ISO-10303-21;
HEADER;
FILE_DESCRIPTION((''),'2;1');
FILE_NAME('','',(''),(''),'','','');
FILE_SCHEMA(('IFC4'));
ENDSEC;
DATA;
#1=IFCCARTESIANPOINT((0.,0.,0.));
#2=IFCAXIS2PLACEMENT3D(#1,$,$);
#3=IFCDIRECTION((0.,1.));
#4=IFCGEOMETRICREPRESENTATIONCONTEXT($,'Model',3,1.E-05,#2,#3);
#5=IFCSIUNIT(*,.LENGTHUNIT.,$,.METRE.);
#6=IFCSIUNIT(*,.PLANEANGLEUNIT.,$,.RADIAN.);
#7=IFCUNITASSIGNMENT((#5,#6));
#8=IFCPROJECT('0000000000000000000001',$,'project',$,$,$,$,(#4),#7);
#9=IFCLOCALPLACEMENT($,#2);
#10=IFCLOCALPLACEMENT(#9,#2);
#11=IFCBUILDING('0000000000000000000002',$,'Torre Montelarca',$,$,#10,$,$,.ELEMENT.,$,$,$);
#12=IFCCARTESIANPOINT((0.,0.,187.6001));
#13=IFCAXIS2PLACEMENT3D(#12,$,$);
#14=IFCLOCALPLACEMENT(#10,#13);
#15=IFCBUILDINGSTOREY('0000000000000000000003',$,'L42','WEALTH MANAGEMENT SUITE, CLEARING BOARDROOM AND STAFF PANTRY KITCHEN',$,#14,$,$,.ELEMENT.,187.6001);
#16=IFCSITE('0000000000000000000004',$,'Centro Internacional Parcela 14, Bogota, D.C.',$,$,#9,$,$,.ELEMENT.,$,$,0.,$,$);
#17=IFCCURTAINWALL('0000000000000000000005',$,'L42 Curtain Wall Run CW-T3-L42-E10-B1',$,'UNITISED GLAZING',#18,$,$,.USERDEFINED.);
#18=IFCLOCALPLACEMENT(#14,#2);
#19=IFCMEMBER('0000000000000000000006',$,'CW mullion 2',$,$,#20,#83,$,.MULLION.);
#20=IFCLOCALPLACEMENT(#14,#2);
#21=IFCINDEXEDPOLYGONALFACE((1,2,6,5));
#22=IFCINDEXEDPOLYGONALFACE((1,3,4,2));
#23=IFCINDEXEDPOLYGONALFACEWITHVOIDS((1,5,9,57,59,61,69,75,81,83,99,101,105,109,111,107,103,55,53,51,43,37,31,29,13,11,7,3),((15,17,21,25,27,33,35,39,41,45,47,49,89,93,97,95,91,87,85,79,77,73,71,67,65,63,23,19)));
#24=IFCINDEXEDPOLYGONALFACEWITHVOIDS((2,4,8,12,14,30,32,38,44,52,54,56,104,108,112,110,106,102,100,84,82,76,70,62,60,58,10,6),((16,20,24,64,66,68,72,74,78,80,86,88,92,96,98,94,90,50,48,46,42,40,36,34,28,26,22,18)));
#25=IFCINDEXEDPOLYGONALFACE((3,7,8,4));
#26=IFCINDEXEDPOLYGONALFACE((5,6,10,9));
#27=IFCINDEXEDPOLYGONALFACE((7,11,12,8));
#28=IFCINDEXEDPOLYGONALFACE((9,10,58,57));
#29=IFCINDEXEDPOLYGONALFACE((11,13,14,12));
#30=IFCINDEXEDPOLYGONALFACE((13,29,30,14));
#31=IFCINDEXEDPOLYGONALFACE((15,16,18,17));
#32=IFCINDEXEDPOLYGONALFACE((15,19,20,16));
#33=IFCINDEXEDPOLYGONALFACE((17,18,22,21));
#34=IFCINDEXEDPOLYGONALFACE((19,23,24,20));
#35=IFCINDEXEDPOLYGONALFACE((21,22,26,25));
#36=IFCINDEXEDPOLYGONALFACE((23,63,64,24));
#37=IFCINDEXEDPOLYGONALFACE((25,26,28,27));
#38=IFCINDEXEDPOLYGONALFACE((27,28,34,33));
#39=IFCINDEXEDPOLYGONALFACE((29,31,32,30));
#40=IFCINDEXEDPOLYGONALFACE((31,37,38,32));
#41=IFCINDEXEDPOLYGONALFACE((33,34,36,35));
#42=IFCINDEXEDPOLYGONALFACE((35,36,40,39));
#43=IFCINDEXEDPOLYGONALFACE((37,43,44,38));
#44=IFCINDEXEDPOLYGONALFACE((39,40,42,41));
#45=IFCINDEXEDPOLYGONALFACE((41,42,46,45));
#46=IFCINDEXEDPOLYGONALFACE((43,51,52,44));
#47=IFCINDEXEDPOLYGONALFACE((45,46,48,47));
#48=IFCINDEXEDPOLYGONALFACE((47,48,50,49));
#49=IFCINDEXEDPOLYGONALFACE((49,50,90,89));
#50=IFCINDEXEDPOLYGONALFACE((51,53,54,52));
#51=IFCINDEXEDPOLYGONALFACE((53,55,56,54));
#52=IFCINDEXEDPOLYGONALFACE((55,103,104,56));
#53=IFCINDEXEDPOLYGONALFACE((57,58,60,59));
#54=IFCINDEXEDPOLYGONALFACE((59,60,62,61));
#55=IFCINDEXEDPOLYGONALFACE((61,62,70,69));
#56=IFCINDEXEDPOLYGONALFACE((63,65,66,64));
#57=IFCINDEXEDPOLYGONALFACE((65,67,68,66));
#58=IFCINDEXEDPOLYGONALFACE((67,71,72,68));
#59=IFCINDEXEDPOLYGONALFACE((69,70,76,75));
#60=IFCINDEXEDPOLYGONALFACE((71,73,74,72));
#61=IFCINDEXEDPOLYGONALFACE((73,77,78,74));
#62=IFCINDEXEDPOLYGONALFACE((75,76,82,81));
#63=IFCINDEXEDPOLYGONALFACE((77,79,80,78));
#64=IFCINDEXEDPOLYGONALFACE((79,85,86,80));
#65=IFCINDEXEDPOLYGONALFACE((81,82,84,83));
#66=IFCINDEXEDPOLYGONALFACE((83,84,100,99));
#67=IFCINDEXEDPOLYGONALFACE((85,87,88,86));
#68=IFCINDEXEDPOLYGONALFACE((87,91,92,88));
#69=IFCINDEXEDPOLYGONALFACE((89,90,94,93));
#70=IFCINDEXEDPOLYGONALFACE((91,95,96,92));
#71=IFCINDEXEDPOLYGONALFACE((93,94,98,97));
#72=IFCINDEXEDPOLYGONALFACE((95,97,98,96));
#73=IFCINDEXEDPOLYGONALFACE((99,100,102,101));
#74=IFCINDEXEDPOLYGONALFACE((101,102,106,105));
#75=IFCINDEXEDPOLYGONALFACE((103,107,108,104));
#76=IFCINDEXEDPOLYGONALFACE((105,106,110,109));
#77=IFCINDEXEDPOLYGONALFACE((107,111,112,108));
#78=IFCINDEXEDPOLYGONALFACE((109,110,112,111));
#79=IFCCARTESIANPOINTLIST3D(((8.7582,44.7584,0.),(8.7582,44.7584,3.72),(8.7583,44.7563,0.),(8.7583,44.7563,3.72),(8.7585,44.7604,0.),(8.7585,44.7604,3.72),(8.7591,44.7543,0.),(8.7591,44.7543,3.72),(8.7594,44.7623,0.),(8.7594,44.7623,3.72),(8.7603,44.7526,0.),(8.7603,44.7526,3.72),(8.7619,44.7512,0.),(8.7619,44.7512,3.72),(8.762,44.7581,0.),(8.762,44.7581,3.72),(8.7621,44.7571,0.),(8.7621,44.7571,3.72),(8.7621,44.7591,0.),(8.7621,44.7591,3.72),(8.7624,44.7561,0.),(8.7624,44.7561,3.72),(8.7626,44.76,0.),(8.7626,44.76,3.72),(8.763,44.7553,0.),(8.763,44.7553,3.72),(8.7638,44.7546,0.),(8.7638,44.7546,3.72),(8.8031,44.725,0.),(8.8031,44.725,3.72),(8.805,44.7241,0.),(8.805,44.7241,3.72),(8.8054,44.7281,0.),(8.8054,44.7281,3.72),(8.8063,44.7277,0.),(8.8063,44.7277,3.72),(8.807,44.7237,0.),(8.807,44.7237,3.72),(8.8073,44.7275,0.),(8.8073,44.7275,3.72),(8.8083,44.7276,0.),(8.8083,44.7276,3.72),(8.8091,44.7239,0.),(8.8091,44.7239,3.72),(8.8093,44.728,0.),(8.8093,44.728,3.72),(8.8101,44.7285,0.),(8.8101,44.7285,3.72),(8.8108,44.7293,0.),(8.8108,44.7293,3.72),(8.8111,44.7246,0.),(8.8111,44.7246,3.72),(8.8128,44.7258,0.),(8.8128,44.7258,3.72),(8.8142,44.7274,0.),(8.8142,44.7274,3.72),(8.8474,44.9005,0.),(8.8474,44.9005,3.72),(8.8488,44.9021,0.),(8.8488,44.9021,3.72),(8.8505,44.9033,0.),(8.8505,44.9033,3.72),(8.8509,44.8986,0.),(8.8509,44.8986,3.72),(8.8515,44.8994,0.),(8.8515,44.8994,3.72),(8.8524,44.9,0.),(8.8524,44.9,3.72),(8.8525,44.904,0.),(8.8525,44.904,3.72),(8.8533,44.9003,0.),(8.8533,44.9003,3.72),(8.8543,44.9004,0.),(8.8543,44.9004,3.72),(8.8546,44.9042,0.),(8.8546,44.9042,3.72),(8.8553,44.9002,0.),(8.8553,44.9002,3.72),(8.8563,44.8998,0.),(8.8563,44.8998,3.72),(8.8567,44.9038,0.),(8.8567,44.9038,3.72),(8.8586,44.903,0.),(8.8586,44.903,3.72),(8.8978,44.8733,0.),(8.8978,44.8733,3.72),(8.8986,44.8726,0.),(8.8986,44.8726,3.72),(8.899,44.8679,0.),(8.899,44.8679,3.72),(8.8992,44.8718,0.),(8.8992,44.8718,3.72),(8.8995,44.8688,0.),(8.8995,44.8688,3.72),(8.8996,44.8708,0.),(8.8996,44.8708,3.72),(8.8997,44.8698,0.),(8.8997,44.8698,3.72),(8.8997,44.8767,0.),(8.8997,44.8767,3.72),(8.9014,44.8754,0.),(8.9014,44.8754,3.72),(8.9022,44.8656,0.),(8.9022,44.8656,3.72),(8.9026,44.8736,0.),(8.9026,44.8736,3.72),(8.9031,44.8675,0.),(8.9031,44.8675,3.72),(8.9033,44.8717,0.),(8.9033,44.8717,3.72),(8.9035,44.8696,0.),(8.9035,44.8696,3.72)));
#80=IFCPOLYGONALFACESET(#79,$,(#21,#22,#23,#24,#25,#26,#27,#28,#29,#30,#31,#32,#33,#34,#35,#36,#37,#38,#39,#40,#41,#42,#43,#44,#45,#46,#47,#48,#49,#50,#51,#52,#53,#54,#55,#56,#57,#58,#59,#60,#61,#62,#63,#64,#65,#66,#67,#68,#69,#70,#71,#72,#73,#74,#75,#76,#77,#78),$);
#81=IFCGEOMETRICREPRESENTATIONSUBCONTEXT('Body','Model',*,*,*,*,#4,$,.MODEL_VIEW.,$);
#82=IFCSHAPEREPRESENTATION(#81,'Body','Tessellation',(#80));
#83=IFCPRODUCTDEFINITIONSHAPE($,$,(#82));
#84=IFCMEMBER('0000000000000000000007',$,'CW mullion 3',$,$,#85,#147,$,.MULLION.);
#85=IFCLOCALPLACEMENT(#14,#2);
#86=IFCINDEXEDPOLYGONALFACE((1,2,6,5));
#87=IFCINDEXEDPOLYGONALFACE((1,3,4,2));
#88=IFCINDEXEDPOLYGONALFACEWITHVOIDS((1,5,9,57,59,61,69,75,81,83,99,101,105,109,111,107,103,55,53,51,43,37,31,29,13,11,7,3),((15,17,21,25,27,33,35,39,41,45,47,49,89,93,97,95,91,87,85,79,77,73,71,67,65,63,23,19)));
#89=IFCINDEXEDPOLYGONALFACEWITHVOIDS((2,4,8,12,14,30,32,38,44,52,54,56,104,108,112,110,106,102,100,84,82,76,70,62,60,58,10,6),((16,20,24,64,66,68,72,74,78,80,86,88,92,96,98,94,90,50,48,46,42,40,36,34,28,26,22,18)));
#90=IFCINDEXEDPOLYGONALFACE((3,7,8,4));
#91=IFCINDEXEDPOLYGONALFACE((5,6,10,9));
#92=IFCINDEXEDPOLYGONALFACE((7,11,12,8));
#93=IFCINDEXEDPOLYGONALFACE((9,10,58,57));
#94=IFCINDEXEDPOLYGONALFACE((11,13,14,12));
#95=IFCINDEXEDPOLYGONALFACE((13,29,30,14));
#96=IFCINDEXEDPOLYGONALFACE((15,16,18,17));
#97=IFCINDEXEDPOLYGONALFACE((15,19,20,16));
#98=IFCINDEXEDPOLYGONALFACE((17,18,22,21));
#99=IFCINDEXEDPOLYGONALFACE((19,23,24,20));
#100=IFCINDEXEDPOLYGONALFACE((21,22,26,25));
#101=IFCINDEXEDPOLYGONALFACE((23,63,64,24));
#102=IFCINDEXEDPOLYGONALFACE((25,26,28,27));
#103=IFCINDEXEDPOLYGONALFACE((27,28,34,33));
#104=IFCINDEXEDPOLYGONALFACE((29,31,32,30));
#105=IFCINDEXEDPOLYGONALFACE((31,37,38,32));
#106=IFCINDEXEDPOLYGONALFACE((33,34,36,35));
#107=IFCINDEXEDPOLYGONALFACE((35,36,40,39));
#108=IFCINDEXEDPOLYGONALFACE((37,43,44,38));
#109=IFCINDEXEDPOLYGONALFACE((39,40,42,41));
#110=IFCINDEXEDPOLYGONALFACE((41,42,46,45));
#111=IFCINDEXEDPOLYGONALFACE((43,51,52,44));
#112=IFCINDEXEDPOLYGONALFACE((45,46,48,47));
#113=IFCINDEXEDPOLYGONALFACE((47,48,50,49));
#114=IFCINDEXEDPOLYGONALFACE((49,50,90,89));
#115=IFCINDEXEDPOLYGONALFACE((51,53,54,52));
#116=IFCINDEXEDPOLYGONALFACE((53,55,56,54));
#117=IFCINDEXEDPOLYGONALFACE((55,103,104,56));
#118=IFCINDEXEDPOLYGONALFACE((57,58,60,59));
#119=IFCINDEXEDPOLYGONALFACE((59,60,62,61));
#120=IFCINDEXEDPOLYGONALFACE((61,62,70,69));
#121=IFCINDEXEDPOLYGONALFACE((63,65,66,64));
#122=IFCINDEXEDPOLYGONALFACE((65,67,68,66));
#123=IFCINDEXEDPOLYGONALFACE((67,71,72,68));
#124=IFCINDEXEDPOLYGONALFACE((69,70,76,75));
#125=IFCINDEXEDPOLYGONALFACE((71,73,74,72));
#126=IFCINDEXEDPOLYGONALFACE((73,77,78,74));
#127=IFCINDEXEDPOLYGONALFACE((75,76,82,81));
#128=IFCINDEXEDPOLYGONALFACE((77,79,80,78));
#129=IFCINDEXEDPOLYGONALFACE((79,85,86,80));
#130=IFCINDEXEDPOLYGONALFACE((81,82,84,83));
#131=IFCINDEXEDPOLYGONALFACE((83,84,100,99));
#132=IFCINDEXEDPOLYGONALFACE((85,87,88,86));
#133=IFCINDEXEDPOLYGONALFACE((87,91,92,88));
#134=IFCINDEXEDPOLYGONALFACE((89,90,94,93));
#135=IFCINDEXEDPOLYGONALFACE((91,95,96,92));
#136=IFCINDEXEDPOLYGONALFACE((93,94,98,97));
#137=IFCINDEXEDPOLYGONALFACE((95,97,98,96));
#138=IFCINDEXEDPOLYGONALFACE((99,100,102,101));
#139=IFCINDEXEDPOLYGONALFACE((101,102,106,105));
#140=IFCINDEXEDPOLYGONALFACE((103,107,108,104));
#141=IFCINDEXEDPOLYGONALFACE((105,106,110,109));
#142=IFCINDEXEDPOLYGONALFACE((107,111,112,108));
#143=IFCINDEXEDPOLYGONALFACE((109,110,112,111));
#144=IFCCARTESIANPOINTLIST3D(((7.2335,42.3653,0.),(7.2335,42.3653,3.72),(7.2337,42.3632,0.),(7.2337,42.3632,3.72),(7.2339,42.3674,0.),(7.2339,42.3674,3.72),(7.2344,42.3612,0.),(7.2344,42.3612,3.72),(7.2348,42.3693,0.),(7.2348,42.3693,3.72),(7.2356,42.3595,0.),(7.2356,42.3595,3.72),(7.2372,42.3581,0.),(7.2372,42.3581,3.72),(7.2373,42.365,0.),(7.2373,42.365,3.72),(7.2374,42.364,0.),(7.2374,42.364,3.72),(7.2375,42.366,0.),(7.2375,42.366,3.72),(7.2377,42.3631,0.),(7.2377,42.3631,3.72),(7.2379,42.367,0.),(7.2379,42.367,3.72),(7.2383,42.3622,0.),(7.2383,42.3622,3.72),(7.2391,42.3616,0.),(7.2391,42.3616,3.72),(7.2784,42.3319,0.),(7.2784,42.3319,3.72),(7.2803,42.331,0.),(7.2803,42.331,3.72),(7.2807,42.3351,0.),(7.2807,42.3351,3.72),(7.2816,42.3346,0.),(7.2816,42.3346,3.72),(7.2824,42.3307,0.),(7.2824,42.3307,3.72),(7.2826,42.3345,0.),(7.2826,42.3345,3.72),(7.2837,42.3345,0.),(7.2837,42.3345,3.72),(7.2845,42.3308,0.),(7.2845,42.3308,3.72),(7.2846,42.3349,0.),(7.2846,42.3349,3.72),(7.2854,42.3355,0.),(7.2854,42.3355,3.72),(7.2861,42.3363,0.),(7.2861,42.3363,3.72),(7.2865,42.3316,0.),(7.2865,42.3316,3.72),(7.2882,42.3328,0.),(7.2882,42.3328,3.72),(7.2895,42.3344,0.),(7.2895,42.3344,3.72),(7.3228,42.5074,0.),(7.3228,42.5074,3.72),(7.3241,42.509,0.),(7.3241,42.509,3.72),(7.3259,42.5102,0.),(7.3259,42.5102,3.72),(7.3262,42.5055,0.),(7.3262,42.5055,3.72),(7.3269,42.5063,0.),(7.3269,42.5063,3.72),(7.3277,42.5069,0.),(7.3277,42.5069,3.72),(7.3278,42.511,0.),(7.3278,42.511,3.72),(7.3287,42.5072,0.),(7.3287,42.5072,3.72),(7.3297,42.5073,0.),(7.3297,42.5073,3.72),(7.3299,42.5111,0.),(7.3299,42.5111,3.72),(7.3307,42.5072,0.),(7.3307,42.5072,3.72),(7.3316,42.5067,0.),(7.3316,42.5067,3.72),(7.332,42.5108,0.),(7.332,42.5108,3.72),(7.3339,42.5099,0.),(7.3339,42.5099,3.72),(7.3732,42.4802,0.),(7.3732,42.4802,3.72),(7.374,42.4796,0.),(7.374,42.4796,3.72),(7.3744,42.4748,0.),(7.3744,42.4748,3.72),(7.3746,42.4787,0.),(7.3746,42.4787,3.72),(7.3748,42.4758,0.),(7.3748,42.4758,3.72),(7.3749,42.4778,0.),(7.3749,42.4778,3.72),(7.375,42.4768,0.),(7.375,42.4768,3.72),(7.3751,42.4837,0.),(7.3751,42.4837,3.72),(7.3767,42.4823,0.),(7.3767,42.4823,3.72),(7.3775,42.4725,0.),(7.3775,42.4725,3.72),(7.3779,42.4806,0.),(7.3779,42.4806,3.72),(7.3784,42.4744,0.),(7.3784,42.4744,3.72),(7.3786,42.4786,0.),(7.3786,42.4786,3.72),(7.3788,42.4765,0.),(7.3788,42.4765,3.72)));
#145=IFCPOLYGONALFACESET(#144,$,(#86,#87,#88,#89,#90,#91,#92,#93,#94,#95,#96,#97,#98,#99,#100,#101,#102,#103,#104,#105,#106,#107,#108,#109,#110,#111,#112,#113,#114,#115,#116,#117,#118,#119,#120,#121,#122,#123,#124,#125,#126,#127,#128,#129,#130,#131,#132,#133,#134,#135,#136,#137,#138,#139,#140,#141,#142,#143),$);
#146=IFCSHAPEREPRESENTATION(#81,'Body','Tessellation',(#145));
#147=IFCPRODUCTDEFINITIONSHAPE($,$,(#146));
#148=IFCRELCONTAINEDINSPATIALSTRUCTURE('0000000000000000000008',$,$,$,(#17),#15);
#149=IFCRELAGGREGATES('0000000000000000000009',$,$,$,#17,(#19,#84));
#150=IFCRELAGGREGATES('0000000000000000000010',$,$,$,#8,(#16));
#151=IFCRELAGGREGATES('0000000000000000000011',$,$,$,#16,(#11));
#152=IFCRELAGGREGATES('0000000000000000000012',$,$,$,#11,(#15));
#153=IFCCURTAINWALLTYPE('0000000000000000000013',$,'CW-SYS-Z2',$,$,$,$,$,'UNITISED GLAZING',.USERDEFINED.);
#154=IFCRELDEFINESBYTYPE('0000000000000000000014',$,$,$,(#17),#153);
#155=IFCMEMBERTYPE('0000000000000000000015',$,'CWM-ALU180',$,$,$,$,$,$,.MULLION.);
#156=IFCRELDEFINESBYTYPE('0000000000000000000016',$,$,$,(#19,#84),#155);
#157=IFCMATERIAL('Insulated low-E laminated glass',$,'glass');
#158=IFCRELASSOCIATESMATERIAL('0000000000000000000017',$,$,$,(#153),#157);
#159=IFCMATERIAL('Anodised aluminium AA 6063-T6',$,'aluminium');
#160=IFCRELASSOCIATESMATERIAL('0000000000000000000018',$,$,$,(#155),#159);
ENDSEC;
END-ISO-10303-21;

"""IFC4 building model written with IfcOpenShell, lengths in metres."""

from ifc_helpers import new_model, si_unit, direction, frame, origin, origin_2d, place, context, subcontext, project, spatial, hollow_rectangle, extrude, source, transform, mapped, material, material_profile, profile_set, type_object, element, aggregate, save


model = new_model("IFC4")

# Units and contexts
model_context = context("Model", 3, precision=1e-05, world=origin(), true_north=direction((0.0, 1.0)))
body_context = subcontext(model_context, "Body", "Model", "MODEL_VIEW")
ifc_project = project(units=[si_unit("LENGTHUNIT", "METRE"), si_unit("PLANEANGLEUNIT", "RADIAN")], contexts=[model_context])

# Site, building, storey
site_placement = place(None, origin())
site = spatial("IfcSite", under=ifc_project, at=site_placement, Name="Centro Internacional Parcela 14, Bogota, D.C.", CompositionType="ELEMENT", RefElevation=0.0)
building_placement = place(site_placement, origin())
building = spatial("IfcBuilding", under=site, at=building_placement, Name="Torre Montelarca", CompositionType="ELEMENT")
storey_placement = place(building_placement, frame((0.0, 0.0, 187.6001)))
storey = spatial("IfcBuildingStorey", under=building, at=storey_placement, Name="L42", Description="WEALTH MANAGEMENT SUITE, CLEARING BOARDROOM AND STAFF PANTRY KITCHEN", CompositionType="ELEMENT", Elevation=187.6001)

# Curtain wall
ifc_material_1 = material(Name="Insulated low-E laminated glass", Category="glass")
curtain_wall_type = type_object("IfcCurtainWallType", Name="CW-SYS-Z2", ElementType="UNITISED GLAZING", PredefinedType="USERDEFINED", material=ifc_material_1)
ifc_material_2 = material(Name="Anodised aluminium AA 6063-T6", Category="aluminium")
curtain_wall_1_placement = place(storey_placement, origin())
curtain_wall_1 = element("IfcCurtainWall", 1, at=curtain_wall_1_placement, inside=storey, type_object=curtain_wall_type, Name="L42 Curtain Wall Run CW-T3-L42-E10-B1", ObjectType="UNITISED GLAZING", PredefinedType="USERDEFINED")

# Shared definitions
ifc_material_profile_1 = material_profile(ifc_material_2, hollow_rectangle(XDim=0.0649, YDim=0.1799, WallThickness=0.0039, InnerFilletRadius=0.0039, OuterFilletRadius=0.0081, at=origin_2d()), Name="ALU65X180X4", Category="aluminium")
ifc_profile_set_1 = profile_set([ifc_material_profile_1], Name="Anodised aluminium AA 6063-T6")
member_type_1 = type_object("IfcMemberType", Name="CWM-ALU180", PredefinedType="MULLION", material=ifc_profile_set_1)
shared_shape_1 = source(origin(), body_context, "Body", "SweptSolid", [
    extrude(hollow_rectangle(XDim=0.0649, YDim=0.1799, WallThickness=0.0039, InnerFilletRadius=0.0039, OuterFilletRadius=0.0081, at=origin_2d()), origin(), (0.0, 0.0, 1.0), 3.72),
])

# Members
member_1_placement = place(storey_placement, frame((8.8308, 44.814, 0.0), z_axis=(0.0, 0.0, 1.0), x_axis=(0.843388, -0.537305, 0.0)))
member_1 = element("IfcMember", 2, at=member_1_placement, type_object=member_type_1, Name="CW mullion 2", PredefinedType="MULLION", context=body_context, shape_type="MappedRepresentation", body=[
    mapped(shared_shape_1, transform((0.0, 0.0, 0.0), scale=1.0)),
])
member_2_placement = place(storey_placement, frame((7.3062, 42.4209, 0.0), z_axis=(0.0, 0.0, 1.0), x_axis=(0.843388, -0.537305, 0.0)))
member_2 = element("IfcMember", 3, at=member_2_placement, type_object=member_type_1, Name="CW mullion 3", PredefinedType="MULLION", context=body_context, shape_type="MappedRepresentation", body=[
    mapped(shared_shape_1, transform((0.0, 0.0, 0.0), scale=1.0)),
])

aggregate(curtain_wall_1, [member_1, member_2])

save(model, "model.ifc")
